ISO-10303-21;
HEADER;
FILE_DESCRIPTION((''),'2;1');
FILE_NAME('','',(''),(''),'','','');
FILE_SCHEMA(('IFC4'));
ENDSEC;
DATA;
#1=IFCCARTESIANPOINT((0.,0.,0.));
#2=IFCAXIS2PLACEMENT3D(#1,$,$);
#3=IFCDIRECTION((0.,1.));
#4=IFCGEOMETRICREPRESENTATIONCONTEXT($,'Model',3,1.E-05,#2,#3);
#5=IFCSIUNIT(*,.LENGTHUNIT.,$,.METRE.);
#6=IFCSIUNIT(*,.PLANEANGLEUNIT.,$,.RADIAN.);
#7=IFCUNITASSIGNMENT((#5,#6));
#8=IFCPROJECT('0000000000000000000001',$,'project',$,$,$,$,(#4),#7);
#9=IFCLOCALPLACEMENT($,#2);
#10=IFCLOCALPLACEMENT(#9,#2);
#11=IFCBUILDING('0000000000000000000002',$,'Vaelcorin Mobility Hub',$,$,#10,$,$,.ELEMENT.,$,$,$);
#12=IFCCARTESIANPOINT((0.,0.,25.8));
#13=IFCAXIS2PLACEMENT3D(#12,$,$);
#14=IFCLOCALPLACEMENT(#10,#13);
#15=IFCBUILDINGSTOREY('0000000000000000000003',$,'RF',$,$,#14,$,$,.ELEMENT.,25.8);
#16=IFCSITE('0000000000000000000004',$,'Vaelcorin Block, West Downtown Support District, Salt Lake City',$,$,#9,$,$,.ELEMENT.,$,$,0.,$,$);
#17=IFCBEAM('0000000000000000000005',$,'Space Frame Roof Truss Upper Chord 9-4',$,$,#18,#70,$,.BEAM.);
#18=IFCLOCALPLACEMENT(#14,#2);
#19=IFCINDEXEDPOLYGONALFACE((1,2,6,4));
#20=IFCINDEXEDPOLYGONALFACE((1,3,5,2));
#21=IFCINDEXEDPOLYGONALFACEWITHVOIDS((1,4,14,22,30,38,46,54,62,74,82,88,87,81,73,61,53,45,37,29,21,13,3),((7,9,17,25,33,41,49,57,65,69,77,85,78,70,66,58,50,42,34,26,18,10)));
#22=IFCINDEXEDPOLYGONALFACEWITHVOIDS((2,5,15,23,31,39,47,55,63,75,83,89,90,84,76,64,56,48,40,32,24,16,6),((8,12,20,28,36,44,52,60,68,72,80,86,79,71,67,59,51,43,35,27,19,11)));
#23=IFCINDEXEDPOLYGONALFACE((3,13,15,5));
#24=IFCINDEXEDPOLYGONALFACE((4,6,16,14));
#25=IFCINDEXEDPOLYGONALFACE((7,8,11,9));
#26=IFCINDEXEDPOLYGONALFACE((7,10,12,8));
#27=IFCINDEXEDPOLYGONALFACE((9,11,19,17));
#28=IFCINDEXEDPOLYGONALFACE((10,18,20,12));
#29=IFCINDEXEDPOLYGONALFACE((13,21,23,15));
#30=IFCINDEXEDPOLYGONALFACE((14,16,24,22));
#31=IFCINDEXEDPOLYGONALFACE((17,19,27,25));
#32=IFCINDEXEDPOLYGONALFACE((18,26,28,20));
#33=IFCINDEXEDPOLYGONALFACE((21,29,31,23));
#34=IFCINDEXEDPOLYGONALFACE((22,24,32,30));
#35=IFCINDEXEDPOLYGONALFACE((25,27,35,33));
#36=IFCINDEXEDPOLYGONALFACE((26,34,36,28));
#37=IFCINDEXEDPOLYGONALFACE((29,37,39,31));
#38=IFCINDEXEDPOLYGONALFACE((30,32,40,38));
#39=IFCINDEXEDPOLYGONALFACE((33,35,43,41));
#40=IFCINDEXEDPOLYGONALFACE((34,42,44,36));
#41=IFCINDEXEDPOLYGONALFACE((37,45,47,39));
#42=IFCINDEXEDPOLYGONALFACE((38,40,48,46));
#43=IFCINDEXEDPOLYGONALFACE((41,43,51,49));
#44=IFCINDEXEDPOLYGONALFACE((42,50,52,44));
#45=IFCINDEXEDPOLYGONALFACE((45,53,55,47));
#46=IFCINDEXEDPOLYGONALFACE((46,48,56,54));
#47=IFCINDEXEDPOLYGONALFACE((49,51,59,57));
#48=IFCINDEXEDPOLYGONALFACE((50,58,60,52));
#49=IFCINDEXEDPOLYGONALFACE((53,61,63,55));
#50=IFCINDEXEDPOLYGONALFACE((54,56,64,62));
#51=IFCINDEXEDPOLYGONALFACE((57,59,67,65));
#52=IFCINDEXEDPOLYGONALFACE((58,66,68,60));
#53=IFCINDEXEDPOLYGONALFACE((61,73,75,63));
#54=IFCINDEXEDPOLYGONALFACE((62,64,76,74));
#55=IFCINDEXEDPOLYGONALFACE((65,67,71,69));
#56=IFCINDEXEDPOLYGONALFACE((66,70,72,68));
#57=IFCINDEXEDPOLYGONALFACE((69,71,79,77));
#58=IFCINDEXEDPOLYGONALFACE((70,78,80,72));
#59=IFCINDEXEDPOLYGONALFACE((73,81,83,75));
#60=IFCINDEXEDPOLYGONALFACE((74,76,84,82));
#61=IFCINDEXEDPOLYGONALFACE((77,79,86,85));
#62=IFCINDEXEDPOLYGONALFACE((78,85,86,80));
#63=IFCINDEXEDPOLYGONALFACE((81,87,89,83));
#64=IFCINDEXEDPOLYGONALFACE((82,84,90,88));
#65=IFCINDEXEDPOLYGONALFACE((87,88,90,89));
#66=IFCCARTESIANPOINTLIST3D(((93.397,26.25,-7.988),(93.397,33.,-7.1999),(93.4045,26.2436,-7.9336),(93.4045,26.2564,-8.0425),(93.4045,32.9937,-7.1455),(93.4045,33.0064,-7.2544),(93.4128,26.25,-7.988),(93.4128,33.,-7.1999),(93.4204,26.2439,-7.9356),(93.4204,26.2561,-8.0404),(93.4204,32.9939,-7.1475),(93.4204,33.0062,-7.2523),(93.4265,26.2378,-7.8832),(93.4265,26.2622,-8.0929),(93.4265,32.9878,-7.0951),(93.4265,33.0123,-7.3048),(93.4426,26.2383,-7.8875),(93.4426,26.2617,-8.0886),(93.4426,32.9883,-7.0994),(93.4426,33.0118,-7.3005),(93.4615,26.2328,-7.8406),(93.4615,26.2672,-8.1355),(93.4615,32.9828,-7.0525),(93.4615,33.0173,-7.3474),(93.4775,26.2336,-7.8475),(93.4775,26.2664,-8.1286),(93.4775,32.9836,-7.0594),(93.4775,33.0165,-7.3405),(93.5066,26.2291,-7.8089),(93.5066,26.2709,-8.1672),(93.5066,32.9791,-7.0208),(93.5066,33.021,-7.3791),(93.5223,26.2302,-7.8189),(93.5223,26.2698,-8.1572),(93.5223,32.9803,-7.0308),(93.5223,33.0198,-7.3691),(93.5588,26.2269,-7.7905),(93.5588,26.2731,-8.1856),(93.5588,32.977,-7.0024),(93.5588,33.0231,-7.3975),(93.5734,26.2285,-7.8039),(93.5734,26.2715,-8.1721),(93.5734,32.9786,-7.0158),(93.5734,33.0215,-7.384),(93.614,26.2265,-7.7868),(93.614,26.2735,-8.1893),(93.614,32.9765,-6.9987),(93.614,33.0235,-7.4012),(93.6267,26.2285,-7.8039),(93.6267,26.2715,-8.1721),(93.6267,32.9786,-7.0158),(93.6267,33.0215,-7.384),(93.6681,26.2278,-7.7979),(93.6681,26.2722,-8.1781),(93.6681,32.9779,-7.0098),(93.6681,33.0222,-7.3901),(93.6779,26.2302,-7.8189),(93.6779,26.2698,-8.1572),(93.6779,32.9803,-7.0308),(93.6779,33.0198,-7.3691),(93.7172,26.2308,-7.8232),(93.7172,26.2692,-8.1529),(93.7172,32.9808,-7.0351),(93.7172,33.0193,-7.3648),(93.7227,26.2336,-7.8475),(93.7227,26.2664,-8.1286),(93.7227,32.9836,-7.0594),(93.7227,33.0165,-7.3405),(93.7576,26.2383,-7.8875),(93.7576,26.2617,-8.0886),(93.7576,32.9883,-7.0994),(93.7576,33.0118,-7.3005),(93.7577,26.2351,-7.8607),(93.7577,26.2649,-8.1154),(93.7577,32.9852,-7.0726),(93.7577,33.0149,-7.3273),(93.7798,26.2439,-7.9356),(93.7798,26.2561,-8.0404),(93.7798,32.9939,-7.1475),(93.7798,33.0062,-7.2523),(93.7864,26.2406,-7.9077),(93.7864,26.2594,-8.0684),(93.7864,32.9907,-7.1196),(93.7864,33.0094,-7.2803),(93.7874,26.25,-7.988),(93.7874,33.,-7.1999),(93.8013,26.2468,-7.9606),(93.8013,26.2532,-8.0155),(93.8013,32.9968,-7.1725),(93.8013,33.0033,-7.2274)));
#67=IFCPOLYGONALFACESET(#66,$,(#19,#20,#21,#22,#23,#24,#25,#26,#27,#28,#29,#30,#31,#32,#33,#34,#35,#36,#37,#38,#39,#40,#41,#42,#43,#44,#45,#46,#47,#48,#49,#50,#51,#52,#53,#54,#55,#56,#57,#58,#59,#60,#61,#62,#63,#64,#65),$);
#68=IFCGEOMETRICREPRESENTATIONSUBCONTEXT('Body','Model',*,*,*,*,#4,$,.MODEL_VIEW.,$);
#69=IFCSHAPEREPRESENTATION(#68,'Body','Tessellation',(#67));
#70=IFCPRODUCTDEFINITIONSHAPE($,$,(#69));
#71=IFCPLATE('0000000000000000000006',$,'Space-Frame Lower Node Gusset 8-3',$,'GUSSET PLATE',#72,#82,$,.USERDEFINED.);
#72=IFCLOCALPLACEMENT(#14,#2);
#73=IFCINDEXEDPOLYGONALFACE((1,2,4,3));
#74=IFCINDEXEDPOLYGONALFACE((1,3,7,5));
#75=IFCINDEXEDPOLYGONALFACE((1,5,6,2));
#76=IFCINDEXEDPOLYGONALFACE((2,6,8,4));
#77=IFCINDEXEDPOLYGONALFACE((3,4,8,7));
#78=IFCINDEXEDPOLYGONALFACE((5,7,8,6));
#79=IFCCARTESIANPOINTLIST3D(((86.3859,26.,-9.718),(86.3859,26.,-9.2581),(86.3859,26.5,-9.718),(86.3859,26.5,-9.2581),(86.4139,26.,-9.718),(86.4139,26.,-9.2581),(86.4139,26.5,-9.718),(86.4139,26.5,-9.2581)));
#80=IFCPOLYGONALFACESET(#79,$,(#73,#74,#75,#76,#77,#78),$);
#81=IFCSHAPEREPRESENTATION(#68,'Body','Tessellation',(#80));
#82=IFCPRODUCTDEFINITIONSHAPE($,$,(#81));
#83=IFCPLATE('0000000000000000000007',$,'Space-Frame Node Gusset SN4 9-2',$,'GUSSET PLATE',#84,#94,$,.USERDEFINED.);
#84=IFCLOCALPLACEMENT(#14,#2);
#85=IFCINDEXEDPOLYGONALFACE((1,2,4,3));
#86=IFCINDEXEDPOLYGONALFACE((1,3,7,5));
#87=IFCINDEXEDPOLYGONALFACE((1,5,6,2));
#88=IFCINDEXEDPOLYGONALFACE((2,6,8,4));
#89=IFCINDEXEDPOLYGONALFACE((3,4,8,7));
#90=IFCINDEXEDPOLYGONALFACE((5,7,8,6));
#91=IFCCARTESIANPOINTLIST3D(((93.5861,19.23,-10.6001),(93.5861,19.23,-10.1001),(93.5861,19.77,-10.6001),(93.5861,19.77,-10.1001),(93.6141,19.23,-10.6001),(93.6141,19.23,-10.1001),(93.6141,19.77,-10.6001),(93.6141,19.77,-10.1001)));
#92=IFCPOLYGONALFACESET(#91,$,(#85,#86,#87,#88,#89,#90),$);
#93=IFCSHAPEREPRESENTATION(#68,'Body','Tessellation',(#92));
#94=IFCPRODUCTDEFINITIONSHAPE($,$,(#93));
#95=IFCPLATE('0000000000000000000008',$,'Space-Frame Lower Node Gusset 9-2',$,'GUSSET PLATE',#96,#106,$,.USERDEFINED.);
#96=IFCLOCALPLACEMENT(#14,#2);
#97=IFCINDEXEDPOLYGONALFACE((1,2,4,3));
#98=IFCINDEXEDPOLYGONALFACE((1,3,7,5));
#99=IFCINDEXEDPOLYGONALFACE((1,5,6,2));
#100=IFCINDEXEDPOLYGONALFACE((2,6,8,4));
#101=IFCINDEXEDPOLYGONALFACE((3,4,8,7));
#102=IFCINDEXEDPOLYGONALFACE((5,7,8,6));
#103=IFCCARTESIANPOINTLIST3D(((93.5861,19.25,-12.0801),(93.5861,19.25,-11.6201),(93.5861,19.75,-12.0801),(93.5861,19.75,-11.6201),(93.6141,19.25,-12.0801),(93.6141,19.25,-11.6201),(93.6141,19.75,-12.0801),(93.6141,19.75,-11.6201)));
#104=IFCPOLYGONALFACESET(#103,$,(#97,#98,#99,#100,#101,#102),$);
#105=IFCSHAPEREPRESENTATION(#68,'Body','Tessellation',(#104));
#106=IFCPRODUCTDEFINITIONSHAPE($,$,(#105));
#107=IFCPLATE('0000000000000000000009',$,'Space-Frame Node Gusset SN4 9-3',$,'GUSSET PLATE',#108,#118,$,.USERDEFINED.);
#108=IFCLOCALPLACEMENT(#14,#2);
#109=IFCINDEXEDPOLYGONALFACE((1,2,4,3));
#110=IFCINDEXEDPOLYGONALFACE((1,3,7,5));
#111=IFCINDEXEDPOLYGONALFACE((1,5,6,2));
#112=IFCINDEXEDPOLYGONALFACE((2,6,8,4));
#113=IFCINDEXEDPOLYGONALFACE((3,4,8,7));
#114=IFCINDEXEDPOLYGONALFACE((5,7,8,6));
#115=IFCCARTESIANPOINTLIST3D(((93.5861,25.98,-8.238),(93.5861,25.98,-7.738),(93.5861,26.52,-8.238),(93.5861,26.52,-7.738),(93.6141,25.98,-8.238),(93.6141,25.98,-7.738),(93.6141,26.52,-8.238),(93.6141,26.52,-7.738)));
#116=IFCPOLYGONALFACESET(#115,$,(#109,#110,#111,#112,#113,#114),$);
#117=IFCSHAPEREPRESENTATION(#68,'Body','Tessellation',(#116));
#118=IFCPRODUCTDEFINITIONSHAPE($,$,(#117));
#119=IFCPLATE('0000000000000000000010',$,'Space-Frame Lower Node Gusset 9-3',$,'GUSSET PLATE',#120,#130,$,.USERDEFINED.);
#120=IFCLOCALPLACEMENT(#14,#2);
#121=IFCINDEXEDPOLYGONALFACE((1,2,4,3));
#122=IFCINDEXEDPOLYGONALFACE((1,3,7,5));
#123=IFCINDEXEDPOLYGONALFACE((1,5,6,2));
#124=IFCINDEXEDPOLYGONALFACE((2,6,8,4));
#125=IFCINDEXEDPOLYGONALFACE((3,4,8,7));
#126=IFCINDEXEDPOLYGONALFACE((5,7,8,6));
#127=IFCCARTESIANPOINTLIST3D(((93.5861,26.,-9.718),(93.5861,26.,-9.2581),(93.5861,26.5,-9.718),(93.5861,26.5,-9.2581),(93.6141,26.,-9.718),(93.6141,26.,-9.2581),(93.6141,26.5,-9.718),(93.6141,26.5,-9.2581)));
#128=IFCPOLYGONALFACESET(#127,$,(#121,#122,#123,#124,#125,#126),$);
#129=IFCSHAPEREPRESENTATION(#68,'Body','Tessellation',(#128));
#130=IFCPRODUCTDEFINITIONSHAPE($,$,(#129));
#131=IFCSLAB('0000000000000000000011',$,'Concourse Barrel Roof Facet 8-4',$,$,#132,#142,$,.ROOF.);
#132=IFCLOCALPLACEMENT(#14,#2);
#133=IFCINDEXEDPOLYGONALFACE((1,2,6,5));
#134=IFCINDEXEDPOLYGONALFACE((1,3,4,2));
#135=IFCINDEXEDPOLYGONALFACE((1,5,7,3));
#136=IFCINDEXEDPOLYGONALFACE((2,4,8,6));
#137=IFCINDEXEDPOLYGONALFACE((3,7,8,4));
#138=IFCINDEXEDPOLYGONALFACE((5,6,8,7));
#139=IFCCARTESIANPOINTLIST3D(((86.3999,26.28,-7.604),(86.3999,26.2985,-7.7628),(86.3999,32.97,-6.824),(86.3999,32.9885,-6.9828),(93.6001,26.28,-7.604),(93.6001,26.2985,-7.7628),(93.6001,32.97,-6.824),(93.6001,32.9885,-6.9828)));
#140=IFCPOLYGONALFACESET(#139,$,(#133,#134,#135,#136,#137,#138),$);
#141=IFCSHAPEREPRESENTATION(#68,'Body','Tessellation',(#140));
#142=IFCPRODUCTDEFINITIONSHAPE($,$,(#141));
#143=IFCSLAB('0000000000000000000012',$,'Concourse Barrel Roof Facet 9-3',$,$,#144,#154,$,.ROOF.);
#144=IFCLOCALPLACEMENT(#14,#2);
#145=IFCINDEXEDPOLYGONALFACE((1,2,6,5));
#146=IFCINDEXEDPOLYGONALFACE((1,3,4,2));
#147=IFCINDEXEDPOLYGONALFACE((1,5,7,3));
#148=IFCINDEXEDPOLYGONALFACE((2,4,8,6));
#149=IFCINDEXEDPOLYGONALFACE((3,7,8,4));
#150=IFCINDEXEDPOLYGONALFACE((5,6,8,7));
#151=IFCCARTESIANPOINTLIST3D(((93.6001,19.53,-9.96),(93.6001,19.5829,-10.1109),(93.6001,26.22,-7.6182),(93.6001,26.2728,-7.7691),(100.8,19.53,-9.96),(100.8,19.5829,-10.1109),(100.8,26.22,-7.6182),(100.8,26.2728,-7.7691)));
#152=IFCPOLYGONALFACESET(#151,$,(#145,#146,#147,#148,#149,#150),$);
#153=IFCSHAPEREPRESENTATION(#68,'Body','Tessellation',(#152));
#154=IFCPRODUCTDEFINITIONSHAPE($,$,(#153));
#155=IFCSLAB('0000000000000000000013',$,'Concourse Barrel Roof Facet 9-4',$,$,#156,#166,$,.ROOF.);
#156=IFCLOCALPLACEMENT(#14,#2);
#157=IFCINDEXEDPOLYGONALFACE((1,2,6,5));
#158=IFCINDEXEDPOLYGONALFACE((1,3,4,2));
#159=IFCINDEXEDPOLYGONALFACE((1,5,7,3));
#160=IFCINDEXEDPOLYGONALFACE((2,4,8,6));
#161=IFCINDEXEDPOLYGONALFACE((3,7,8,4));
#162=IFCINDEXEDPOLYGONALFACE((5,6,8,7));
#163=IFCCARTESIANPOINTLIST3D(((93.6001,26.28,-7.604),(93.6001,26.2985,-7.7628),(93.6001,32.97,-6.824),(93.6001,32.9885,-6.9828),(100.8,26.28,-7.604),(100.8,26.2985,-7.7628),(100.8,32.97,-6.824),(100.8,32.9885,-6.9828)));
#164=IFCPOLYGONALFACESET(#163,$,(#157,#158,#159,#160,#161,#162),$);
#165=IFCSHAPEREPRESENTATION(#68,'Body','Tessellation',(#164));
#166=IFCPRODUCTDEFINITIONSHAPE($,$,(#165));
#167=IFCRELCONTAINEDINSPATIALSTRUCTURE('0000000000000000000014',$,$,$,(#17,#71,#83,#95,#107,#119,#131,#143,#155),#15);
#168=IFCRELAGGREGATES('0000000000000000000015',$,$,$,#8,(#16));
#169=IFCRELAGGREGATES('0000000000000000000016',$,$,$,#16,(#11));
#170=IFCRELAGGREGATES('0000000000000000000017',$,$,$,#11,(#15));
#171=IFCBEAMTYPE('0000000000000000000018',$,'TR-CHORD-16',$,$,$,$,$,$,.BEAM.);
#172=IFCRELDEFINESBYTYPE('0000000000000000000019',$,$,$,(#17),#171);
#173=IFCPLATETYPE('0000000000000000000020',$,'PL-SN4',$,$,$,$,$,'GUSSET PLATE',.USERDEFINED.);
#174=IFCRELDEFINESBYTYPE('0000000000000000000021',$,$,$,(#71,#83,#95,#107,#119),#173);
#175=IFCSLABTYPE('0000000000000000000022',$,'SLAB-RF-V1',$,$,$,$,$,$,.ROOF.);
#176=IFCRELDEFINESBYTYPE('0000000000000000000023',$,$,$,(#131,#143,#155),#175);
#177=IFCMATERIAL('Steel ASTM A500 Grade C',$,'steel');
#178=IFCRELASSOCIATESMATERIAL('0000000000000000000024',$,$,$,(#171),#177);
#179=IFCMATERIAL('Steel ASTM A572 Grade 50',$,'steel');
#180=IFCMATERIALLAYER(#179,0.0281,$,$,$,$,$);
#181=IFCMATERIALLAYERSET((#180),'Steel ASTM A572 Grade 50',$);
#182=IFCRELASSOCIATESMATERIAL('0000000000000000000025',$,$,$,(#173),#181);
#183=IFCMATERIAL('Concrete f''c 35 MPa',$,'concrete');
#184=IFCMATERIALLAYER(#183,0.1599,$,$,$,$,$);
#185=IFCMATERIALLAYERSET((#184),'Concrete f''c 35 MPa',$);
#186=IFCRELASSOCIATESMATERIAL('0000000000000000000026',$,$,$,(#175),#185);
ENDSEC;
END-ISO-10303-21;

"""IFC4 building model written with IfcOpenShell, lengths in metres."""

from ifc_helpers import new_model, si_unit, direction, frame, origin, origin_2d, place, context, subcontext, project, spatial, polyline, rectangle, hollow_circle, outline, extrude, material, layer, layer_set, material_profile, profile_set, type_object, element, save


model = new_model("IFC4")

# Units and contexts
model_context = context("Model", 3, precision=1e-05, world=origin(), true_north=direction((0.0, 1.0)))
body_context = subcontext(model_context, "Body", "Model", "MODEL_VIEW")
ifc_project = project(units=[si_unit("LENGTHUNIT", "METRE"), si_unit("PLANEANGLEUNIT", "RADIAN")], contexts=[model_context])

# Site, building, storey
site_placement = place(None, origin())
site = spatial("IfcSite", under=ifc_project, at=site_placement, Name="Vaelcorin Block, West Downtown Support District, Salt Lake City", CompositionType="ELEMENT", RefElevation=0.0)
building_placement = place(site_placement, origin())
building = spatial("IfcBuilding", under=site, at=building_placement, Name="Vaelcorin Mobility Hub", CompositionType="ELEMENT")
storey_placement = place(building_placement, frame((0.0, 0.0, 25.8)))
storey = spatial("IfcBuildingStorey", under=building, at=storey_placement, Name="RF", CompositionType="ELEMENT", Elevation=25.8)

# Shared definitions
ifc_material_1 = material(Name="Steel ASTM A500 Grade C", Category="steel")

# Beam
ifc_material_profile_1 = material_profile(ifc_material_1, hollow_circle(Radius=0.2031, WallThickness=0.0159, at=origin_2d()), Name="HSS16.000X0.625")
ifc_profile_set_1 = profile_set([ifc_material_profile_1], Name="Steel ASTM A500 Grade C")
beam_type = type_object("IfcBeamType", Name="TR-CHORD-16", PredefinedType="BEAM", material=ifc_profile_set_1)
beam_1_placement = place(storey_placement, frame((93.6001, 26.25, -7.988), z_axis=(0.0, 0.993253, 0.115966), x_axis=(-1.0, 0.0, 0.0)))
element("IfcBeam", 1, at=beam_1_placement, inside=storey, type_object=beam_type, Name="Space Frame Roof Truss Upper Chord 9-4", PredefinedType="BEAM", context=body_context, shape_type="SweptSolid", body=[
    extrude(hollow_circle(Radius=0.2031, WallThickness=0.0159, at=origin_2d()), origin(), (0.0, 0.0, 1.0), 6.7959),
])

# Plates
ifc_material_2 = material(Name="Steel ASTM A572 Grade 50", Category="steel")
ifc_layer_1 = layer(ifc_material_2, 0.0281)
ifc_layer_set_1 = layer_set([ifc_layer_1], Name="Steel ASTM A572 Grade 50")
plate_type = type_object("IfcPlateType", Name="PL-SN4", ElementType="GUSSET PLATE", PredefinedType="USERDEFINED", material=ifc_layer_set_1)
plate_1_placement = place(storey_placement, frame((86.3999, 26.25, -9.718), z_axis=(0.0, 0.0, 1.0), x_axis=(1.0, 0.0, 0.0)))
element("IfcPlate", 2, at=plate_1_placement, inside=storey, type_object=plate_type, Name="Space-Frame Lower Node Gusset 8-3", ObjectType="GUSSET PLATE", PredefinedType="USERDEFINED", context=body_context, shape_type="SweptSolid", body=[
    extrude(rectangle(XDim=0.0281, YDim=0.5, at=origin_2d()), origin(), (0.0, 0.0, 1.0), 0.46),
])
plate_2_placement = place(storey_placement, frame((93.6001, 19.5, -10.6001), z_axis=(0.0, 0.0, 1.0), x_axis=(1.0, 0.0, 0.0)))
element("IfcPlate", 3, at=plate_2_placement, inside=storey, type_object=plate_type, Name="Space-Frame Node Gusset SN4 9-2", ObjectType="GUSSET PLATE", PredefinedType="USERDEFINED", context=body_context, shape_type="SweptSolid", body=[
    extrude(rectangle(XDim=0.0281, YDim=0.54, at=origin_2d()), origin(), (0.0, 0.0, 1.0), 0.5),
])
plate_3_placement = place(storey_placement, frame((93.6001, 19.5, -12.0801), z_axis=(0.0, 0.0, 1.0), x_axis=(1.0, 0.0, 0.0)))
element("IfcPlate", 4, at=plate_3_placement, inside=storey, type_object=plate_type, Name="Space-Frame Lower Node Gusset 9-2", ObjectType="GUSSET PLATE", PredefinedType="USERDEFINED", context=body_context, shape_type="SweptSolid", body=[
    extrude(rectangle(XDim=0.0281, YDim=0.5, at=origin_2d()), origin(), (0.0, 0.0, 1.0), 0.46),
])
plate_4_placement = place(storey_placement, frame((93.6001, 26.25, -8.238), z_axis=(0.0, 0.0, 1.0), x_axis=(1.0, 0.0, 0.0)))
element("IfcPlate", 5, at=plate_4_placement, inside=storey, type_object=plate_type, Name="Space-Frame Node Gusset SN4 9-3", ObjectType="GUSSET PLATE", PredefinedType="USERDEFINED", context=body_context, shape_type="SweptSolid", body=[
    extrude(rectangle(XDim=0.0281, YDim=0.54, at=origin_2d()), origin(), (0.0, 0.0, 1.0), 0.5),
])
plate_5_placement = place(storey_placement, frame((93.6001, 26.25, -9.718), z_axis=(0.0, 0.0, 1.0), x_axis=(1.0, 0.0, 0.0)))
element("IfcPlate", 6, at=plate_5_placement, inside=storey, type_object=plate_type, Name="Space-Frame Lower Node Gusset 9-3", ObjectType="GUSSET PLATE", PredefinedType="USERDEFINED", context=body_context, shape_type="SweptSolid", body=[
    extrude(rectangle(XDim=0.0281, YDim=0.5, at=origin_2d()), origin(), (0.0, 0.0, 1.0), 0.46),
])

# Slabs
ifc_material_3 = material(Name="Concrete f'c 35 MPa", Category="concrete")
ifc_layer_2 = layer(ifc_material_3, 0.1599)
ifc_layer_set_2 = layer_set([ifc_layer_2], Name="Concrete f'c 35 MPa")
slab_type = type_object("IfcSlabType", Name="SLAB-RF-V1", PredefinedType="ROOF", material=ifc_layer_set_2)
slab_1_placement = place(storey_placement, frame((86.3999, 26.28, -7.604), z_axis=(0.0, -0.115813, 0.993271), x_axis=(1.0, 0.0, 0.0)))
element("IfcSlab", 7, at=slab_1_placement, inside=storey, type_object=slab_type, Name="Concourse Barrel Roof Facet 8-4", PredefinedType="ROOF", context=body_context, shape_type="SweptSolid", body=[
    extrude(outline(polyline([(0.0, 0.0), (7.2002, 0.0), (7.2002, 6.7353), (0.0, 6.7353), (0.0, 0.0)])), origin(), (0.0, 0.0, -1.0), 0.1599),
])
slab_2_placement = place(storey_placement, frame((93.6001, 19.53, -9.96), z_axis=(0.0, -0.33039, 0.943844), x_axis=(1.0, 0.0, 0.0)))
element("IfcSlab", 8, at=slab_2_placement, inside=storey, type_object=slab_type, Name="Concourse Barrel Roof Facet 9-3", PredefinedType="ROOF", context=body_context, shape_type="SweptSolid", body=[
    extrude(outline(polyline([(0.0, 0.0), (7.2, 0.0), (7.2, 7.088), (0.0, 7.088), (0.0, 0.0)])), origin(), (0.0, 0.0, -1.0), 0.1599),
])
slab_3_placement = place(storey_placement, frame((93.6001, 26.28, -7.604), z_axis=(0.0, -0.115813, 0.993271), x_axis=(1.0, 0.0, 0.0)))
element("IfcSlab", 9, at=slab_3_placement, inside=storey, type_object=slab_type, Name="Concourse Barrel Roof Facet 9-4", PredefinedType="ROOF", context=body_context, shape_type="SweptSolid", body=[
    extrude(outline(polyline([(0.0, 0.0), (7.2, 0.0), (7.2, 6.7353), (0.0, 6.7353), (0.0, 0.0)])), origin(), (0.0, 0.0, -1.0), 0.1599),
])

save(model, "model.ifc")
